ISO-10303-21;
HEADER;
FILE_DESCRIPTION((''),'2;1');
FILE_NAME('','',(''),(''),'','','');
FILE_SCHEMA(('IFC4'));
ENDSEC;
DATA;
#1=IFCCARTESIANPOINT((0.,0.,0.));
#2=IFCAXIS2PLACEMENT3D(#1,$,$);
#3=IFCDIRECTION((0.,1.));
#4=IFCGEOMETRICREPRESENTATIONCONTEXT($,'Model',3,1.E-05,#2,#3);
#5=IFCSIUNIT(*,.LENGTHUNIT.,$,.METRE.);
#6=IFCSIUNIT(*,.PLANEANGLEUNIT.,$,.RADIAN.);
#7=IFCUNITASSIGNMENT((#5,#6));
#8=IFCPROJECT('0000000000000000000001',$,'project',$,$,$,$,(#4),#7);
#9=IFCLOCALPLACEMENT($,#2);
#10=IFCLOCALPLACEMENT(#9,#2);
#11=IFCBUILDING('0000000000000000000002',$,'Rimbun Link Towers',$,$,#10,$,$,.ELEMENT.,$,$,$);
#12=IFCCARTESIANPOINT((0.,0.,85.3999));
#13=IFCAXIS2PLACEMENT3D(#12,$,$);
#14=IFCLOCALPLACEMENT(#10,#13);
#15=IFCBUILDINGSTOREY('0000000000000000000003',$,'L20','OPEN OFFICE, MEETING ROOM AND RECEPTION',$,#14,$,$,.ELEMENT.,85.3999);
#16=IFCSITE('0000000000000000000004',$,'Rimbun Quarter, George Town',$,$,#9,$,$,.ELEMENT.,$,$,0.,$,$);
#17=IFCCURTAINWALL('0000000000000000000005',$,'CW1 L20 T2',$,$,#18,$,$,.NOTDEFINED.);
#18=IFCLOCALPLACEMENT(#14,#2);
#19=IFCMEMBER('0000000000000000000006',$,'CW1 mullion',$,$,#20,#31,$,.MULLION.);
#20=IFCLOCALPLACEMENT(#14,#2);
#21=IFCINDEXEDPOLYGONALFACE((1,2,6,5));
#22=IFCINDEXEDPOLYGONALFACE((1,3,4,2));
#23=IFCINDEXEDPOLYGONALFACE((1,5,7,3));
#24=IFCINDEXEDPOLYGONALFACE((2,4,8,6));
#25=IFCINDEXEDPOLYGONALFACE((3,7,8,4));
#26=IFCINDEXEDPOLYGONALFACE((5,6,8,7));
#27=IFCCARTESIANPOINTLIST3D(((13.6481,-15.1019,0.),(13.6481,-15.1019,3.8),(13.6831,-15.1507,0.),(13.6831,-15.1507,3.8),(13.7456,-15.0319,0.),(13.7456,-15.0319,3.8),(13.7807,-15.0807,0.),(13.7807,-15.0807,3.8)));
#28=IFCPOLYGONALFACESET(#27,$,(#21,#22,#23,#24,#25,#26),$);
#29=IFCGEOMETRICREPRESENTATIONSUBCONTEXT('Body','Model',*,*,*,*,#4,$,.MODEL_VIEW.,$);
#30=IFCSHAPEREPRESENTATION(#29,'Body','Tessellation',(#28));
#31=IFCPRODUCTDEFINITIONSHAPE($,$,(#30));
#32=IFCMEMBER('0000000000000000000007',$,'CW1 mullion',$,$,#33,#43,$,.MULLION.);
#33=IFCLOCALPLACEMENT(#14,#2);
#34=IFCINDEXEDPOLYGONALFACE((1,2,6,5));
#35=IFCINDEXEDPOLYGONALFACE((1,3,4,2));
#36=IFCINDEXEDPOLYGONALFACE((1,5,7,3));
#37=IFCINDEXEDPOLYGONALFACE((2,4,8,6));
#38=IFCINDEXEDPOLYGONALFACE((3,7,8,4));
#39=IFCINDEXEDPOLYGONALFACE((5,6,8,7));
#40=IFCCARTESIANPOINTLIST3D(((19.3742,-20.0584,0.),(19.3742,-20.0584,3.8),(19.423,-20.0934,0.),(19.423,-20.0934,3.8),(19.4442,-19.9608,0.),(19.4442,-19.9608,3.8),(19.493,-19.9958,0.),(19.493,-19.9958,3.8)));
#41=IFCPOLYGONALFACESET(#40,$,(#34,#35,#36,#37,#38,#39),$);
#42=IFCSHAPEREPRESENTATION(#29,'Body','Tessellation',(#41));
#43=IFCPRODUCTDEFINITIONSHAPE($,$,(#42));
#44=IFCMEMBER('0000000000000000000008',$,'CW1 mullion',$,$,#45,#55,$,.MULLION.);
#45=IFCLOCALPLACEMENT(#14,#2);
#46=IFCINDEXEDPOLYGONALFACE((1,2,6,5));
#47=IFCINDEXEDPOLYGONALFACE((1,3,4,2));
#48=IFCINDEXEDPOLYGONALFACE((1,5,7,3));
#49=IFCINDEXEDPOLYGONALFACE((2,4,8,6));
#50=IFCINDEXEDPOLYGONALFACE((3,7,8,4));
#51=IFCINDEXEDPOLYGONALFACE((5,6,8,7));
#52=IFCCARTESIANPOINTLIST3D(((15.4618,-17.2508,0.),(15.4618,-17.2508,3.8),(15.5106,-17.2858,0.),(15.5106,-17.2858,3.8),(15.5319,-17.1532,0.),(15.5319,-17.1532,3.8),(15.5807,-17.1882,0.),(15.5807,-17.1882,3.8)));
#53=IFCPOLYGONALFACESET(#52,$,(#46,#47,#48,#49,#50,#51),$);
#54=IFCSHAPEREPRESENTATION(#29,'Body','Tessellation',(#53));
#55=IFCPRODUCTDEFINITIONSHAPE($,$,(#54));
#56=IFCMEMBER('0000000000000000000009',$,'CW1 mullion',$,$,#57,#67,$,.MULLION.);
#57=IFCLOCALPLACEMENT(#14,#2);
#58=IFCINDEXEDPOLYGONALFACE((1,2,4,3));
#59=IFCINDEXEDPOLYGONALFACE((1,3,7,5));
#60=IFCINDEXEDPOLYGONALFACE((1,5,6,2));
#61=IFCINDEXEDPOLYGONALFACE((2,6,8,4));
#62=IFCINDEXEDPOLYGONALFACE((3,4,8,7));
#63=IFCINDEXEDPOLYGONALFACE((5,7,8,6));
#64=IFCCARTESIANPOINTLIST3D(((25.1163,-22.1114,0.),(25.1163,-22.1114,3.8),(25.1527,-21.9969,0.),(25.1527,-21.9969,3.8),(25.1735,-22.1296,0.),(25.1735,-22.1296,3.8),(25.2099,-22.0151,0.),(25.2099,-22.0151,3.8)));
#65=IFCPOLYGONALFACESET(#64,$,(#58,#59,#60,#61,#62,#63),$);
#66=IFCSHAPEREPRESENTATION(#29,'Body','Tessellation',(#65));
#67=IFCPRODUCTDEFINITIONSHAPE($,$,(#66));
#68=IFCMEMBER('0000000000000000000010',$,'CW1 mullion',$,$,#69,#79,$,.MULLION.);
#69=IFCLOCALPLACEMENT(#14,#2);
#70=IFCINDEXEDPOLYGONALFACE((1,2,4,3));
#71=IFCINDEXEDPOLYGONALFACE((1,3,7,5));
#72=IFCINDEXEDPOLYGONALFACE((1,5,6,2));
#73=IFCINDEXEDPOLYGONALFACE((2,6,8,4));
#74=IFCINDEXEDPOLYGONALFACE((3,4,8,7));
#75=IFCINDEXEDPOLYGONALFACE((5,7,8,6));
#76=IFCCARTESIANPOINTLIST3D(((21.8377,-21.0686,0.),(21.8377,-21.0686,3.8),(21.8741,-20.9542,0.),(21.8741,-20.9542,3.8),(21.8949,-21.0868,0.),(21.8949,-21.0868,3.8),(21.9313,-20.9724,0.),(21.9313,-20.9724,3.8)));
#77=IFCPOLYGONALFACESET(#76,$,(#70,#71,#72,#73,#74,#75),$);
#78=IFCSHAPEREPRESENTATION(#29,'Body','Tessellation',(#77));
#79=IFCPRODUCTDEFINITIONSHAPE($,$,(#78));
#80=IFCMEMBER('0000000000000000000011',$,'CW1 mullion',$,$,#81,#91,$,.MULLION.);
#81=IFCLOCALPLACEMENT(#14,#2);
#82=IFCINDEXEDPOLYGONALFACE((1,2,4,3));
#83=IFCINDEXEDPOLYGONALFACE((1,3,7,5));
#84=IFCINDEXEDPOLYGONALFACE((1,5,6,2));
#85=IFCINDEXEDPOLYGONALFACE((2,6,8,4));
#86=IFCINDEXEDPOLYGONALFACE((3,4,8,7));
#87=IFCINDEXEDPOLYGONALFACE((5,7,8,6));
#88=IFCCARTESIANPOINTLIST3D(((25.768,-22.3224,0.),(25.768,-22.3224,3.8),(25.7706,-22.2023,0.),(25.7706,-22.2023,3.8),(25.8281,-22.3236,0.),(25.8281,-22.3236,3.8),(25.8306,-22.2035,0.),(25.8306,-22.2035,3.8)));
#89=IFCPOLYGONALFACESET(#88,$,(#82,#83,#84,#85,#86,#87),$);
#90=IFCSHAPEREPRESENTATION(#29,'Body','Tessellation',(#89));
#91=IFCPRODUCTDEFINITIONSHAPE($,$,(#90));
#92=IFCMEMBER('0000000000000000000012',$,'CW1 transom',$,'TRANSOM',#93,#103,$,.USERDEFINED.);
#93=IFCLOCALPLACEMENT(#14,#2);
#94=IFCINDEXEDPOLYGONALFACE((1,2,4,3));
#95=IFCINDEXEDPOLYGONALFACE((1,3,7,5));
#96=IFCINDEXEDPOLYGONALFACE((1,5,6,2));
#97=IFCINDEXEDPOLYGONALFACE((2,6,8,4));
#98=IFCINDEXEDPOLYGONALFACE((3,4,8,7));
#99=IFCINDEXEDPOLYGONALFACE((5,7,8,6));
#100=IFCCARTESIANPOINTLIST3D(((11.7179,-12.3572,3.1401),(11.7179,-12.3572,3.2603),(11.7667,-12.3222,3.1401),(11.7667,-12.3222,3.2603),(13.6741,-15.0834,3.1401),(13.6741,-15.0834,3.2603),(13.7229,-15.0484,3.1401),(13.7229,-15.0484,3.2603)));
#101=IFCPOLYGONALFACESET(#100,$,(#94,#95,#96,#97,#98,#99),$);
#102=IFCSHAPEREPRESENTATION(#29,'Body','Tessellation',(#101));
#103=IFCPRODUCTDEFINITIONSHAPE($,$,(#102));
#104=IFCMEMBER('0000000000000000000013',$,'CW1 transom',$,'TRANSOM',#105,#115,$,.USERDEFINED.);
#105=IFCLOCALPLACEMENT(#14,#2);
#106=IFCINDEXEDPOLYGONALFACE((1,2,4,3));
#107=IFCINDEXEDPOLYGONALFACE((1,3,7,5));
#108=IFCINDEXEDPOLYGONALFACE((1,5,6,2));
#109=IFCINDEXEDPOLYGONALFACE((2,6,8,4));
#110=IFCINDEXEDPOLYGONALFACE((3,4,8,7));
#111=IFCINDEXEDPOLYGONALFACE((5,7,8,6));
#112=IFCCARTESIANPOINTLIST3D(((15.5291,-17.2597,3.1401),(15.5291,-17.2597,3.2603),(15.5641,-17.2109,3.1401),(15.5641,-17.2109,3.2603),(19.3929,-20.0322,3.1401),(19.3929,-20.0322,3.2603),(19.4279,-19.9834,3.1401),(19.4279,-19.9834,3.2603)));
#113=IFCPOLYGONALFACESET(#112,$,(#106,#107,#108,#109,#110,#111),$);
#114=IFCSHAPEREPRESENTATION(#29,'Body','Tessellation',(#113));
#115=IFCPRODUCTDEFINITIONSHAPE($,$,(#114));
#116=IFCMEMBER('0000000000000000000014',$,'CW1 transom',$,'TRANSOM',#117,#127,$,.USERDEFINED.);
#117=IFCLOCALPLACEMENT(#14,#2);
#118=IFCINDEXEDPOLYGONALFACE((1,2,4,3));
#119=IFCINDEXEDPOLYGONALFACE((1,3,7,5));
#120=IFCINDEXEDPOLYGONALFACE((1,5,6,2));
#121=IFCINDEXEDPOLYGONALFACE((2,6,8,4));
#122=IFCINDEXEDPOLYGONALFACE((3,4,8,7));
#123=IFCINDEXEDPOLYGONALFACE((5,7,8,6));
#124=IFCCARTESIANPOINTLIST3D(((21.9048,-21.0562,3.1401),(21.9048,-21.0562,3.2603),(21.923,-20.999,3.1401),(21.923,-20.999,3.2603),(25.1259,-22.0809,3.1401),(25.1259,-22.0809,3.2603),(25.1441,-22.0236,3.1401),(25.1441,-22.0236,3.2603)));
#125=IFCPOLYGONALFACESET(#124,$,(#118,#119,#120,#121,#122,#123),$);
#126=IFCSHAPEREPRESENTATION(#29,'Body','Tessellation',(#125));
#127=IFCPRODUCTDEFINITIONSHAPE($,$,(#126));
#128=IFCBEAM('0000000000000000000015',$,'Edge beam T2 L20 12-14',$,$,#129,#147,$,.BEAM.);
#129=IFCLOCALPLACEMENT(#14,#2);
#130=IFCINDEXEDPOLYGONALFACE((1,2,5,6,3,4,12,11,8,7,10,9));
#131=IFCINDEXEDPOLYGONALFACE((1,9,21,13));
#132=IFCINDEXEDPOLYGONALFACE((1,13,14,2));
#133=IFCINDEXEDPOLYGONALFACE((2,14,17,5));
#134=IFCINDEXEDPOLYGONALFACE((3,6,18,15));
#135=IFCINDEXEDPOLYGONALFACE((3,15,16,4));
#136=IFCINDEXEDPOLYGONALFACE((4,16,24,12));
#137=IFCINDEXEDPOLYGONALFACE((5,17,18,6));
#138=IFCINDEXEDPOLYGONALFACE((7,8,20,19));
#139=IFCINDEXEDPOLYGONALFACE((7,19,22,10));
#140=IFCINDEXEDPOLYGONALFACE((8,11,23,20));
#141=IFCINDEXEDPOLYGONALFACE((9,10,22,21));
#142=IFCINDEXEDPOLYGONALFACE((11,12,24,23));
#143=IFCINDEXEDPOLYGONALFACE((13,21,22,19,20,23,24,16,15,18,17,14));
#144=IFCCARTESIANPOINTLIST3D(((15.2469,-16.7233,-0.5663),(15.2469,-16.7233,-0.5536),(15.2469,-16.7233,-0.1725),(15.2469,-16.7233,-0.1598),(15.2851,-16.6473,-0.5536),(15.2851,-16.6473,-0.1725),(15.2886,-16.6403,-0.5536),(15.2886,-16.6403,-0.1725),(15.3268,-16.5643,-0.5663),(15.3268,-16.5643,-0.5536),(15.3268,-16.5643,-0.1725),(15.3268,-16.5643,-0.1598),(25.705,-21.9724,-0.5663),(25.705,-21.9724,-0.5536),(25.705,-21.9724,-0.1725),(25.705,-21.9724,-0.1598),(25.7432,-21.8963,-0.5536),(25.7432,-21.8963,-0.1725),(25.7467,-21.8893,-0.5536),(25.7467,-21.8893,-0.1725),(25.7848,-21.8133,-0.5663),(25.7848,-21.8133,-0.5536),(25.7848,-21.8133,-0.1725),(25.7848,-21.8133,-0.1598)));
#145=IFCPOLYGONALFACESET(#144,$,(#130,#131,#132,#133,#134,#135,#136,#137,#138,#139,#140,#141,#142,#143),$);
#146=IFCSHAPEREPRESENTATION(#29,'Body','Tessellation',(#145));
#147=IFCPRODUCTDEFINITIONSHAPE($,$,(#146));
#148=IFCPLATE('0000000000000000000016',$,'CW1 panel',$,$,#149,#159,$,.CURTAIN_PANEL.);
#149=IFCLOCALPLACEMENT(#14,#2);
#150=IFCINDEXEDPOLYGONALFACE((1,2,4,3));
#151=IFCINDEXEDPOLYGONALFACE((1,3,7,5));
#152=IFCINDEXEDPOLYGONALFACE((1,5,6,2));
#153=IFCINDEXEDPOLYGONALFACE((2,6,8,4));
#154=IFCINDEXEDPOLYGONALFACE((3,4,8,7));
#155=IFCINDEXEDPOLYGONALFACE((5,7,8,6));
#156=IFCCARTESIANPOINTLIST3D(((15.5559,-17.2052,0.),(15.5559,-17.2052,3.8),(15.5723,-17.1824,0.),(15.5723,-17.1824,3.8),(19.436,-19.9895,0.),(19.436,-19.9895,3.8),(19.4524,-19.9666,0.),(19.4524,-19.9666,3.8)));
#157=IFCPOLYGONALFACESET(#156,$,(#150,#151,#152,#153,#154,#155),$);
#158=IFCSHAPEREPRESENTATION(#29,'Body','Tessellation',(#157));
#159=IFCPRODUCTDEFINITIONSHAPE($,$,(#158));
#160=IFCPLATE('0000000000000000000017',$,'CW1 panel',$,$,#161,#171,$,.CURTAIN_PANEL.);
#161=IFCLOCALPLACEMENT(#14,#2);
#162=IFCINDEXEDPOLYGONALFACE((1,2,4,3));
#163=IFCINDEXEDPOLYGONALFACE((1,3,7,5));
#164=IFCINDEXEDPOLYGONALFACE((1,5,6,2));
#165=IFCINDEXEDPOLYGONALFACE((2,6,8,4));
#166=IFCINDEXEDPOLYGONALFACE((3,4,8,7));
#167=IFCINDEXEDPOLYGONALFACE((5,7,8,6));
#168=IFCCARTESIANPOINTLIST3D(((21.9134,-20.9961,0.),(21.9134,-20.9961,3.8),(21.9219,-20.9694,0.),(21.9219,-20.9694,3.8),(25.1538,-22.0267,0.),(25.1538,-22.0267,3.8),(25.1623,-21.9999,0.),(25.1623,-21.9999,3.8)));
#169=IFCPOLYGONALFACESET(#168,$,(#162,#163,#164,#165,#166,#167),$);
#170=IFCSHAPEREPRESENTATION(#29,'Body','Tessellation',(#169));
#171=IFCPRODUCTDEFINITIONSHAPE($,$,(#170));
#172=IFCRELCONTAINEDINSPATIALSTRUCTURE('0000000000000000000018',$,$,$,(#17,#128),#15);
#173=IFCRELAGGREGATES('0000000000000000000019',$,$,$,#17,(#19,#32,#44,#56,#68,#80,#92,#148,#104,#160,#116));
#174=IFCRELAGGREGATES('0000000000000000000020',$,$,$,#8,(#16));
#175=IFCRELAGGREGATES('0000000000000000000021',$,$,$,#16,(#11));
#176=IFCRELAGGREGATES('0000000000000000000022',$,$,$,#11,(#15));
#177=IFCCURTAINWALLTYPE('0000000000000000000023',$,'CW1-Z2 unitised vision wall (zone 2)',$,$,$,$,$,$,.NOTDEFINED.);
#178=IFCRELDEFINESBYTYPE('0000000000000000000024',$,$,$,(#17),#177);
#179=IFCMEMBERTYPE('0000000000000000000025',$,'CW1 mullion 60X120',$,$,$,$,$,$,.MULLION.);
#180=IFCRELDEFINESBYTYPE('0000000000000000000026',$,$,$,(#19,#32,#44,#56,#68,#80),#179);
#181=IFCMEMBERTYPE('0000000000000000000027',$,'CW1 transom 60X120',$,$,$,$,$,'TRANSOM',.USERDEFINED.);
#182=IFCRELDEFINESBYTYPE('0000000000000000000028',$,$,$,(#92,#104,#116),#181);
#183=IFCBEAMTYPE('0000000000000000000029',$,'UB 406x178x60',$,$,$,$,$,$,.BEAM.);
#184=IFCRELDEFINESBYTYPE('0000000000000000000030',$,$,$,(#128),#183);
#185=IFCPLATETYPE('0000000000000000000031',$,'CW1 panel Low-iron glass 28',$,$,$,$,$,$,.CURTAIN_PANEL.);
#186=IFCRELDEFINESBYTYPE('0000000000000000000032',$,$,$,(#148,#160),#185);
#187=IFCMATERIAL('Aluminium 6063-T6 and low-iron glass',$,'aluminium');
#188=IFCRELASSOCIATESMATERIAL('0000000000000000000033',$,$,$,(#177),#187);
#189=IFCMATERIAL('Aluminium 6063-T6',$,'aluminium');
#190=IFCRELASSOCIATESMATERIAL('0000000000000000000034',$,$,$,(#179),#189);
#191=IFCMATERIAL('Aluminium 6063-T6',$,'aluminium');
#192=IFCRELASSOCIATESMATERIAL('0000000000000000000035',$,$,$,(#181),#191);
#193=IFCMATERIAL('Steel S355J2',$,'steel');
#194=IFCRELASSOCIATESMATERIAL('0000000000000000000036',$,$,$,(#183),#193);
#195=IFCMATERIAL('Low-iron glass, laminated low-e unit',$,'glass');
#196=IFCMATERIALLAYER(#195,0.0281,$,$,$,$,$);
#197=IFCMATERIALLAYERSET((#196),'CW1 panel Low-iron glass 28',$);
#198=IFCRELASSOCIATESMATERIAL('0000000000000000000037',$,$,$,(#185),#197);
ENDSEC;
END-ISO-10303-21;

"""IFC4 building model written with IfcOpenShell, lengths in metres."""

from ifc_helpers import new_model, si_unit, direction, frame, origin, origin_2d, place, context, subcontext, project, spatial, rectangle, i_section, extrude, material, layer, layer_set, material_profile, profile_set, type_object, element, aggregate, save


model = new_model("IFC4")

# Units and contexts
model_context = context("Model", 3, precision=1e-05, world=origin(), true_north=direction((0.0, 1.0)))
body_context = subcontext(model_context, "Body", "Model", "MODEL_VIEW")
ifc_project = project(units=[si_unit("LENGTHUNIT", "METRE"), si_unit("PLANEANGLEUNIT", "RADIAN")], contexts=[model_context])

# Site, building, storey
site_placement = place(None, origin())
site = spatial("IfcSite", under=ifc_project, at=site_placement, Name="Rimbun Quarter, George Town", CompositionType="ELEMENT", RefElevation=0.0)
building_placement = place(site_placement, origin())
building = spatial("IfcBuilding", under=site, at=building_placement, Name="Rimbun Link Towers", CompositionType="ELEMENT")
storey_placement = place(building_placement, frame((0.0, 0.0, 85.3999)))
storey = spatial("IfcBuildingStorey", under=building, at=storey_placement, Name="L20", Description="OPEN OFFICE, MEETING ROOM AND RECEPTION", CompositionType="ELEMENT", Elevation=85.3999)

# Curtain wall, members
ifc_material_1 = material(Name="Aluminium 6063-T6 and low-iron glass", Category="aluminium")
curtain_wall_type = type_object("IfcCurtainWallType", Name="CW1-Z2 unitised vision wall (zone 2)", PredefinedType="NOTDEFINED", material=ifc_material_1)
curtain_wall_placement = place(storey_placement, origin())
curtain_wall = element("IfcCurtainWall", 1, at=curtain_wall_placement, inside=storey, type_object=curtain_wall_type, Name="CW1 L20 T2", PredefinedType="NOTDEFINED")
ifc_material_2 = material(Name="Aluminium 6063-T6", Category="aluminium")
ifc_material_profile_1 = material_profile(ifc_material_2, rectangle(XDim=0.1201, YDim=0.0601, at=origin_2d()), Name="MULLION 60X120")
ifc_profile_set_1 = profile_set([ifc_material_profile_1], Name="Aluminium 6063-T6")
member_type_1 = type_object("IfcMemberType", Name="CW1 mullion 60X120", PredefinedType="MULLION", material=ifc_profile_set_1)
member_1_placement = place(storey_placement, frame((13.7144, -15.0913, 0.0), z_axis=(0.0, 0.0, 1.0), x_axis=(-0.812469, -0.583004, 0.0)))
member_1 = element("IfcMember", 2, at=member_1_placement, type_object=member_type_1, Name="CW1 mullion", PredefinedType="MULLION", context=body_context, shape_type="SweptSolid", body=[
    extrude(rectangle(XDim=0.1201, YDim=0.0601, at=origin_2d()), origin(), (0.0, 0.0, 1.0), 3.8),
])
member_2_placement = place(storey_placement, frame((19.4336, -20.0271, 0.0), z_axis=(0.0, 0.0, 1.0), x_axis=(-0.583004, -0.812469, 0.0)))
member_2 = element("IfcMember", 3, at=member_2_placement, type_object=member_type_1, Name="CW1 mullion", PredefinedType="MULLION", context=body_context, shape_type="SweptSolid", body=[
    extrude(rectangle(XDim=0.1201, YDim=0.0601, at=origin_2d()), origin(), (0.0, 0.0, 1.0), 3.8),
])
member_3_placement = place(storey_placement, frame((15.5212, -17.2195, 0.0), z_axis=(0.0, 0.0, 1.0), x_axis=(-0.583004, -0.812469, 0.0)))
member_3 = element("IfcMember", 4, at=member_3_placement, type_object=member_type_1, Name="CW1 mullion", PredefinedType="MULLION", context=body_context, shape_type="SweptSolid", body=[
    extrude(rectangle(XDim=0.1201, YDim=0.0601, at=origin_2d()), origin(), (0.0, 0.0, 1.0), 3.8),
])
member_4_placement = place(storey_placement, frame((25.1631, -22.0632, 0.0), z_axis=(0.0, 0.0, 1.0), x_axis=(-0.30307, -0.952968, 0.0)))
member_4 = element("IfcMember", 5, at=member_4_placement, type_object=member_type_1, Name="CW1 mullion", PredefinedType="MULLION", context=body_context, shape_type="SweptSolid", body=[
    extrude(rectangle(XDim=0.1201, YDim=0.0601, at=origin_2d()), origin(), (0.0, 0.0, 1.0), 3.8),
])
member_5_placement = place(storey_placement, frame((21.8845, -21.0205, 0.0), z_axis=(0.0, 0.0, 1.0), x_axis=(-0.30307, -0.952968, 0.0)))
member_5 = element("IfcMember", 6, at=member_5_placement, type_object=member_type_1, Name="CW1 mullion", PredefinedType="MULLION", context=body_context, shape_type="SweptSolid", body=[
    extrude(rectangle(XDim=0.1201, YDim=0.0601, at=origin_2d()), origin(), (0.0, 0.0, 1.0), 3.8),
])
member_6_placement = place(storey_placement, frame((25.7993, -22.2629, 0.0), z_axis=(0.0, 0.0, 1.0), x_axis=(-0.021057, -0.999778, 0.0)))
member_6 = element("IfcMember", 7, at=member_6_placement, type_object=member_type_1, Name="CW1 mullion", PredefinedType="MULLION", context=body_context, shape_type="SweptSolid", body=[
    extrude(rectangle(XDim=0.1201, YDim=0.0601, at=origin_2d()), origin(), (0.0, 0.0, 1.0), 3.8),
])
ifc_material_3 = material(Name="Aluminium 6063-T6", Category="aluminium")
ifc_material_profile_2 = material_profile(ifc_material_3, rectangle(XDim=0.0601, YDim=0.1201, at=origin_2d()), Name="TRANSOM 60X120")
ifc_profile_set_2 = profile_set([ifc_material_profile_2], Name="Aluminium 6063-T6")
member_type_2 = type_object("IfcMemberType", Name="CW1 transom 60X120", ElementType="TRANSOM", PredefinedType="USERDEFINED", material=ifc_profile_set_2)
member_7_placement = place(storey_placement, frame((13.6985, -15.0659, 3.2002), z_axis=(-0.582999, 0.812473, 0.0), x_axis=(-0.812473, -0.582999, 0.0)))
member_7 = element("IfcMember", 8, at=member_7_placement, type_object=member_type_2, Name="CW1 transom", ObjectType="TRANSOM", PredefinedType="USERDEFINED", context=body_context, shape_type="SweptSolid", body=[
    extrude(rectangle(XDim=0.0601, YDim=0.1201, at=origin_2d()), origin(), (0.0, 0.0, 1.0), 3.3555),
])
member_8_placement = place(storey_placement, frame((19.4104, -20.0078, 3.2002), z_axis=(-0.812476, 0.582995, 0.0), x_axis=(-0.582995, -0.812476, 0.0)))
member_8 = element("IfcMember", 9, at=member_8_placement, type_object=member_type_2, Name="CW1 transom", ObjectType="TRANSOM", PredefinedType="USERDEFINED", context=body_context, shape_type="SweptSolid", body=[
    extrude(rectangle(XDim=0.0601, YDim=0.1201, at=origin_2d()), origin(), (0.0, 0.0, 1.0), 4.7556),
])
member_9_placement = place(storey_placement, frame((25.135, -22.0522, 3.2002), z_axis=(-0.952949, 0.303132, 0.0), x_axis=(-0.303132, -0.952949, 0.0)))
member_9 = element("IfcMember", 10, at=member_9_placement, type_object=member_type_2, Name="CW1 transom", ObjectType="TRANSOM", PredefinedType="USERDEFINED", context=body_context, shape_type="SweptSolid", body=[
    extrude(rectangle(XDim=0.0601, YDim=0.1201, at=origin_2d()), origin(), (0.0, 0.0, 1.0), 3.3801),
])

# Beam
ifc_material_4 = material(Name="Steel S355J2", Category="steel")
ifc_material_profile_3 = material_profile(ifc_material_4, i_section(OverallWidth=0.178, OverallDepth=0.4065, WebThickness=0.0078, FlangeThickness=0.0127, at=origin_2d()), Name="UB 406x178x60")
ifc_profile_set_3 = profile_set([ifc_material_profile_3], Name="Steel S355J2")
beam_type = type_object("IfcBeamType", Name="UB 406x178x60", PredefinedType="BEAM", material=ifc_profile_set_3)
beam_placement = place(storey_placement, frame((15.2869, -16.6438, -0.363), z_axis=(0.893742, -0.448582, 0.0), x_axis=(0.448582, 0.893742, 0.0)))
element("IfcBeam", 11, at=beam_placement, inside=storey, type_object=beam_type, Name="Edge beam T2 L20 12-14", PredefinedType="BEAM", context=body_context, shape_type="SweptSolid", body=[
    extrude(i_section(OverallWidth=0.178, OverallDepth=0.4065, WebThickness=0.0078, FlangeThickness=0.0127, at=origin_2d()), origin(), (0.0, 0.0, 1.0), 11.7014),
])

# Plates
ifc_material_5 = material(Name="Low-iron glass, laminated low-e unit", Category="glass")
ifc_layer_1 = layer(ifc_material_5, 0.0281)
ifc_layer_set_1 = layer_set([ifc_layer_1], Name="CW1 panel Low-iron glass 28")
plate_type = type_object("IfcPlateType", Name="CW1 panel Low-iron glass 28", PredefinedType="CURTAIN_PANEL", material=ifc_layer_set_1)
plate_1_placement = place(storey_placement, frame((17.5042, -18.5859, 0.0), z_axis=(0.0, 0.0, 1.0), x_axis=(-0.812469, 0.583004, 0.0)))
plate_1 = element("IfcPlate", 12, at=plate_1_placement, type_object=plate_type, Name="CW1 panel", PredefinedType="CURTAIN_PANEL", context=body_context, shape_type="SweptSolid", body=[
    extrude(rectangle(XDim=4.7756, YDim=0.0281, at=origin_2d()), origin(), (0.0, 0.0, 1.0), 3.8),
])
plate_2_placement = place(storey_placement, frame((23.5378, -21.498, 0.0), z_axis=(0.0, 0.0, 1.0), x_axis=(-0.952968, 0.30307, 0.0)))
plate_2 = element("IfcPlate", 13, at=plate_2_placement, type_object=plate_type, Name="CW1 panel", PredefinedType="CURTAIN_PANEL", context=body_context, shape_type="SweptSolid", body=[
    extrude(rectangle(XDim=3.4004, YDim=0.0281, at=origin_2d()), origin(), (0.0, 0.0, 1.0), 3.8),
])
aggregate(curtain_wall, [member_1, member_2, member_3, member_4, member_5, member_6, member_7, plate_1, member_8, plate_2, member_9])

save(model, "model.ifc")
